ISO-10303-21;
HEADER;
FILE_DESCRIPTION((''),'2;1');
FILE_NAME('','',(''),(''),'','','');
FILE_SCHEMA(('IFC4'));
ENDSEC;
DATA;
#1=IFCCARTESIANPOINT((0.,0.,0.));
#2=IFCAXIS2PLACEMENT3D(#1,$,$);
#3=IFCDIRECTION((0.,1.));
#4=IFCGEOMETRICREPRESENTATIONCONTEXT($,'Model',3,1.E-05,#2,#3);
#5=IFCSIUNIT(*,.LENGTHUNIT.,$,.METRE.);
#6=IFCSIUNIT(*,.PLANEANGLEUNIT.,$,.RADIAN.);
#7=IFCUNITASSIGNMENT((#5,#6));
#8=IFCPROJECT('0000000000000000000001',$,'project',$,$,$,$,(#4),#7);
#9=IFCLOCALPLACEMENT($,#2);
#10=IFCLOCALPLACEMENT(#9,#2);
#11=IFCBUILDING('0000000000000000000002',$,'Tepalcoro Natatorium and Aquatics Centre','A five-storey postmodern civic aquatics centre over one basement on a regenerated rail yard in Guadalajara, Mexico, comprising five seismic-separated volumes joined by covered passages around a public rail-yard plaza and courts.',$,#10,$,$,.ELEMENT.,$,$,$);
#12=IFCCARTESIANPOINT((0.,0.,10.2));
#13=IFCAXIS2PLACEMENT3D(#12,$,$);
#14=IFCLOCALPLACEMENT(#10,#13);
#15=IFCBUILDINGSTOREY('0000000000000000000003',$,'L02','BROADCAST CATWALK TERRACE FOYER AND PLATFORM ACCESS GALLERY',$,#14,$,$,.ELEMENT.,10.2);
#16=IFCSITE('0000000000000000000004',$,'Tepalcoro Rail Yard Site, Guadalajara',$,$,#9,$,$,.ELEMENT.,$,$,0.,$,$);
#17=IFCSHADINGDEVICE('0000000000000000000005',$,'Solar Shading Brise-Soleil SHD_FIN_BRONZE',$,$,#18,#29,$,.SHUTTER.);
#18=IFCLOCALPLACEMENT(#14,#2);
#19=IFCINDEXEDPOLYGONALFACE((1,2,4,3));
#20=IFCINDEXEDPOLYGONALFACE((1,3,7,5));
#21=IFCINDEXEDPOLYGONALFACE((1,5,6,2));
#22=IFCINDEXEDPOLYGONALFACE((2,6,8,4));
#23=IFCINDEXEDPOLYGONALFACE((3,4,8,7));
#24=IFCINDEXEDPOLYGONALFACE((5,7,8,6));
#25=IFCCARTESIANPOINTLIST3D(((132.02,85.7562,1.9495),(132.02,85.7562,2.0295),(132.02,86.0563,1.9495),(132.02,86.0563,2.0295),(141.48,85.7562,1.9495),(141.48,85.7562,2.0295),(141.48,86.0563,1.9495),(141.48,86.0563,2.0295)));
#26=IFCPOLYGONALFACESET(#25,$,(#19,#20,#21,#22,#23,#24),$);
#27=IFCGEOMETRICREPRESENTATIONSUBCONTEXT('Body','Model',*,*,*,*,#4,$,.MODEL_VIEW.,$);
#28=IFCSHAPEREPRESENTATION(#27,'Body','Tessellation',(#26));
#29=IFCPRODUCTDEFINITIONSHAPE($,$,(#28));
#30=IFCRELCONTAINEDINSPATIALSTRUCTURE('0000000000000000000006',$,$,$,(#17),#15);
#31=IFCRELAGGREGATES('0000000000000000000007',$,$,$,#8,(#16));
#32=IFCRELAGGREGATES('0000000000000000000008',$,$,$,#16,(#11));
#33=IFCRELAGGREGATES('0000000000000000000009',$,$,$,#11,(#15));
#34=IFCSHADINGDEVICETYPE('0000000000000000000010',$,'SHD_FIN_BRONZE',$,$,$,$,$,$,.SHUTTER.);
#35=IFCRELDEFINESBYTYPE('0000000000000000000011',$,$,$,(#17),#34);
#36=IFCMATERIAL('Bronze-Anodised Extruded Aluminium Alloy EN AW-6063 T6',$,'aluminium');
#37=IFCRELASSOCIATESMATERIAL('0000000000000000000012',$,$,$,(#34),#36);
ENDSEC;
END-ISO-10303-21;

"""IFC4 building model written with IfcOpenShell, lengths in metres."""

from ifc_helpers import new_model, si_unit, direction, frame, origin, origin_2d, place, context, subcontext, project, spatial, rectangle, extrude, material, type_object, element, save


model = new_model("IFC4")

# Units and contexts
model_context = context("Model", 3, precision=1e-05, world=origin(), true_north=direction((0.0, 1.0)))
body_context = subcontext(model_context, "Body", "Model", "MODEL_VIEW")
ifc_project = project(units=[si_unit("LENGTHUNIT", "METRE"), si_unit("PLANEANGLEUNIT", "RADIAN")], contexts=[model_context])

# Site, building, storey
site_placement = place(None, origin())
site = spatial("IfcSite", under=ifc_project, at=site_placement, Name="Tepalcoro Rail Yard Site, Guadalajara", CompositionType="ELEMENT", RefElevation=0.0)
building_placement = place(site_placement, origin())
building = spatial("IfcBuilding", under=site, at=building_placement, Name="Tepalcoro Natatorium and Aquatics Centre", Description="A five-storey postmodern civic aquatics centre over one basement on a regenerated rail yard in Guadalajara, Mexico, comprising five seismic-separated volumes joined by covered passages around a public rail-yard plaza and courts.", CompositionType="ELEMENT")
storey_placement = place(building_placement, frame((0.0, 0.0, 10.2)))
storey = spatial("IfcBuildingStorey", under=building, at=storey_placement, Name="L02", Description="BROADCAST CATWALK TERRACE FOYER AND PLATFORM ACCESS GALLERY", CompositionType="ELEMENT", Elevation=10.2)

# Shared definitions
ifc_material_1 = material(Name="Bronze-Anodised Extruded Aluminium Alloy EN AW-6063 T6", Category="aluminium")

# Shading device
shading_device_type = type_object("IfcShadingDeviceType", Name="SHD_FIN_BRONZE", PredefinedType="SHUTTER", material=ifc_material_1)
shading_device_placement = place(storey_placement, frame((136.75, 85.9062, 1.9495), z_axis=(0.0, 0.0, 1.0), x_axis=(1.0, 0.0, 0.0)))
element("IfcShadingDevice", 1, at=shading_device_placement, inside=storey, type_object=shading_device_type, Name="Solar Shading Brise-Soleil SHD_FIN_BRONZE", PredefinedType="SHUTTER", context=body_context, shape_type="SweptSolid", body=[
    extrude(rectangle(XDim=9.46, YDim=0.3, at=origin_2d()), origin(), (0.0, 0.0, 1.0), 0.0801),
])

save(model, "model.ifc")
